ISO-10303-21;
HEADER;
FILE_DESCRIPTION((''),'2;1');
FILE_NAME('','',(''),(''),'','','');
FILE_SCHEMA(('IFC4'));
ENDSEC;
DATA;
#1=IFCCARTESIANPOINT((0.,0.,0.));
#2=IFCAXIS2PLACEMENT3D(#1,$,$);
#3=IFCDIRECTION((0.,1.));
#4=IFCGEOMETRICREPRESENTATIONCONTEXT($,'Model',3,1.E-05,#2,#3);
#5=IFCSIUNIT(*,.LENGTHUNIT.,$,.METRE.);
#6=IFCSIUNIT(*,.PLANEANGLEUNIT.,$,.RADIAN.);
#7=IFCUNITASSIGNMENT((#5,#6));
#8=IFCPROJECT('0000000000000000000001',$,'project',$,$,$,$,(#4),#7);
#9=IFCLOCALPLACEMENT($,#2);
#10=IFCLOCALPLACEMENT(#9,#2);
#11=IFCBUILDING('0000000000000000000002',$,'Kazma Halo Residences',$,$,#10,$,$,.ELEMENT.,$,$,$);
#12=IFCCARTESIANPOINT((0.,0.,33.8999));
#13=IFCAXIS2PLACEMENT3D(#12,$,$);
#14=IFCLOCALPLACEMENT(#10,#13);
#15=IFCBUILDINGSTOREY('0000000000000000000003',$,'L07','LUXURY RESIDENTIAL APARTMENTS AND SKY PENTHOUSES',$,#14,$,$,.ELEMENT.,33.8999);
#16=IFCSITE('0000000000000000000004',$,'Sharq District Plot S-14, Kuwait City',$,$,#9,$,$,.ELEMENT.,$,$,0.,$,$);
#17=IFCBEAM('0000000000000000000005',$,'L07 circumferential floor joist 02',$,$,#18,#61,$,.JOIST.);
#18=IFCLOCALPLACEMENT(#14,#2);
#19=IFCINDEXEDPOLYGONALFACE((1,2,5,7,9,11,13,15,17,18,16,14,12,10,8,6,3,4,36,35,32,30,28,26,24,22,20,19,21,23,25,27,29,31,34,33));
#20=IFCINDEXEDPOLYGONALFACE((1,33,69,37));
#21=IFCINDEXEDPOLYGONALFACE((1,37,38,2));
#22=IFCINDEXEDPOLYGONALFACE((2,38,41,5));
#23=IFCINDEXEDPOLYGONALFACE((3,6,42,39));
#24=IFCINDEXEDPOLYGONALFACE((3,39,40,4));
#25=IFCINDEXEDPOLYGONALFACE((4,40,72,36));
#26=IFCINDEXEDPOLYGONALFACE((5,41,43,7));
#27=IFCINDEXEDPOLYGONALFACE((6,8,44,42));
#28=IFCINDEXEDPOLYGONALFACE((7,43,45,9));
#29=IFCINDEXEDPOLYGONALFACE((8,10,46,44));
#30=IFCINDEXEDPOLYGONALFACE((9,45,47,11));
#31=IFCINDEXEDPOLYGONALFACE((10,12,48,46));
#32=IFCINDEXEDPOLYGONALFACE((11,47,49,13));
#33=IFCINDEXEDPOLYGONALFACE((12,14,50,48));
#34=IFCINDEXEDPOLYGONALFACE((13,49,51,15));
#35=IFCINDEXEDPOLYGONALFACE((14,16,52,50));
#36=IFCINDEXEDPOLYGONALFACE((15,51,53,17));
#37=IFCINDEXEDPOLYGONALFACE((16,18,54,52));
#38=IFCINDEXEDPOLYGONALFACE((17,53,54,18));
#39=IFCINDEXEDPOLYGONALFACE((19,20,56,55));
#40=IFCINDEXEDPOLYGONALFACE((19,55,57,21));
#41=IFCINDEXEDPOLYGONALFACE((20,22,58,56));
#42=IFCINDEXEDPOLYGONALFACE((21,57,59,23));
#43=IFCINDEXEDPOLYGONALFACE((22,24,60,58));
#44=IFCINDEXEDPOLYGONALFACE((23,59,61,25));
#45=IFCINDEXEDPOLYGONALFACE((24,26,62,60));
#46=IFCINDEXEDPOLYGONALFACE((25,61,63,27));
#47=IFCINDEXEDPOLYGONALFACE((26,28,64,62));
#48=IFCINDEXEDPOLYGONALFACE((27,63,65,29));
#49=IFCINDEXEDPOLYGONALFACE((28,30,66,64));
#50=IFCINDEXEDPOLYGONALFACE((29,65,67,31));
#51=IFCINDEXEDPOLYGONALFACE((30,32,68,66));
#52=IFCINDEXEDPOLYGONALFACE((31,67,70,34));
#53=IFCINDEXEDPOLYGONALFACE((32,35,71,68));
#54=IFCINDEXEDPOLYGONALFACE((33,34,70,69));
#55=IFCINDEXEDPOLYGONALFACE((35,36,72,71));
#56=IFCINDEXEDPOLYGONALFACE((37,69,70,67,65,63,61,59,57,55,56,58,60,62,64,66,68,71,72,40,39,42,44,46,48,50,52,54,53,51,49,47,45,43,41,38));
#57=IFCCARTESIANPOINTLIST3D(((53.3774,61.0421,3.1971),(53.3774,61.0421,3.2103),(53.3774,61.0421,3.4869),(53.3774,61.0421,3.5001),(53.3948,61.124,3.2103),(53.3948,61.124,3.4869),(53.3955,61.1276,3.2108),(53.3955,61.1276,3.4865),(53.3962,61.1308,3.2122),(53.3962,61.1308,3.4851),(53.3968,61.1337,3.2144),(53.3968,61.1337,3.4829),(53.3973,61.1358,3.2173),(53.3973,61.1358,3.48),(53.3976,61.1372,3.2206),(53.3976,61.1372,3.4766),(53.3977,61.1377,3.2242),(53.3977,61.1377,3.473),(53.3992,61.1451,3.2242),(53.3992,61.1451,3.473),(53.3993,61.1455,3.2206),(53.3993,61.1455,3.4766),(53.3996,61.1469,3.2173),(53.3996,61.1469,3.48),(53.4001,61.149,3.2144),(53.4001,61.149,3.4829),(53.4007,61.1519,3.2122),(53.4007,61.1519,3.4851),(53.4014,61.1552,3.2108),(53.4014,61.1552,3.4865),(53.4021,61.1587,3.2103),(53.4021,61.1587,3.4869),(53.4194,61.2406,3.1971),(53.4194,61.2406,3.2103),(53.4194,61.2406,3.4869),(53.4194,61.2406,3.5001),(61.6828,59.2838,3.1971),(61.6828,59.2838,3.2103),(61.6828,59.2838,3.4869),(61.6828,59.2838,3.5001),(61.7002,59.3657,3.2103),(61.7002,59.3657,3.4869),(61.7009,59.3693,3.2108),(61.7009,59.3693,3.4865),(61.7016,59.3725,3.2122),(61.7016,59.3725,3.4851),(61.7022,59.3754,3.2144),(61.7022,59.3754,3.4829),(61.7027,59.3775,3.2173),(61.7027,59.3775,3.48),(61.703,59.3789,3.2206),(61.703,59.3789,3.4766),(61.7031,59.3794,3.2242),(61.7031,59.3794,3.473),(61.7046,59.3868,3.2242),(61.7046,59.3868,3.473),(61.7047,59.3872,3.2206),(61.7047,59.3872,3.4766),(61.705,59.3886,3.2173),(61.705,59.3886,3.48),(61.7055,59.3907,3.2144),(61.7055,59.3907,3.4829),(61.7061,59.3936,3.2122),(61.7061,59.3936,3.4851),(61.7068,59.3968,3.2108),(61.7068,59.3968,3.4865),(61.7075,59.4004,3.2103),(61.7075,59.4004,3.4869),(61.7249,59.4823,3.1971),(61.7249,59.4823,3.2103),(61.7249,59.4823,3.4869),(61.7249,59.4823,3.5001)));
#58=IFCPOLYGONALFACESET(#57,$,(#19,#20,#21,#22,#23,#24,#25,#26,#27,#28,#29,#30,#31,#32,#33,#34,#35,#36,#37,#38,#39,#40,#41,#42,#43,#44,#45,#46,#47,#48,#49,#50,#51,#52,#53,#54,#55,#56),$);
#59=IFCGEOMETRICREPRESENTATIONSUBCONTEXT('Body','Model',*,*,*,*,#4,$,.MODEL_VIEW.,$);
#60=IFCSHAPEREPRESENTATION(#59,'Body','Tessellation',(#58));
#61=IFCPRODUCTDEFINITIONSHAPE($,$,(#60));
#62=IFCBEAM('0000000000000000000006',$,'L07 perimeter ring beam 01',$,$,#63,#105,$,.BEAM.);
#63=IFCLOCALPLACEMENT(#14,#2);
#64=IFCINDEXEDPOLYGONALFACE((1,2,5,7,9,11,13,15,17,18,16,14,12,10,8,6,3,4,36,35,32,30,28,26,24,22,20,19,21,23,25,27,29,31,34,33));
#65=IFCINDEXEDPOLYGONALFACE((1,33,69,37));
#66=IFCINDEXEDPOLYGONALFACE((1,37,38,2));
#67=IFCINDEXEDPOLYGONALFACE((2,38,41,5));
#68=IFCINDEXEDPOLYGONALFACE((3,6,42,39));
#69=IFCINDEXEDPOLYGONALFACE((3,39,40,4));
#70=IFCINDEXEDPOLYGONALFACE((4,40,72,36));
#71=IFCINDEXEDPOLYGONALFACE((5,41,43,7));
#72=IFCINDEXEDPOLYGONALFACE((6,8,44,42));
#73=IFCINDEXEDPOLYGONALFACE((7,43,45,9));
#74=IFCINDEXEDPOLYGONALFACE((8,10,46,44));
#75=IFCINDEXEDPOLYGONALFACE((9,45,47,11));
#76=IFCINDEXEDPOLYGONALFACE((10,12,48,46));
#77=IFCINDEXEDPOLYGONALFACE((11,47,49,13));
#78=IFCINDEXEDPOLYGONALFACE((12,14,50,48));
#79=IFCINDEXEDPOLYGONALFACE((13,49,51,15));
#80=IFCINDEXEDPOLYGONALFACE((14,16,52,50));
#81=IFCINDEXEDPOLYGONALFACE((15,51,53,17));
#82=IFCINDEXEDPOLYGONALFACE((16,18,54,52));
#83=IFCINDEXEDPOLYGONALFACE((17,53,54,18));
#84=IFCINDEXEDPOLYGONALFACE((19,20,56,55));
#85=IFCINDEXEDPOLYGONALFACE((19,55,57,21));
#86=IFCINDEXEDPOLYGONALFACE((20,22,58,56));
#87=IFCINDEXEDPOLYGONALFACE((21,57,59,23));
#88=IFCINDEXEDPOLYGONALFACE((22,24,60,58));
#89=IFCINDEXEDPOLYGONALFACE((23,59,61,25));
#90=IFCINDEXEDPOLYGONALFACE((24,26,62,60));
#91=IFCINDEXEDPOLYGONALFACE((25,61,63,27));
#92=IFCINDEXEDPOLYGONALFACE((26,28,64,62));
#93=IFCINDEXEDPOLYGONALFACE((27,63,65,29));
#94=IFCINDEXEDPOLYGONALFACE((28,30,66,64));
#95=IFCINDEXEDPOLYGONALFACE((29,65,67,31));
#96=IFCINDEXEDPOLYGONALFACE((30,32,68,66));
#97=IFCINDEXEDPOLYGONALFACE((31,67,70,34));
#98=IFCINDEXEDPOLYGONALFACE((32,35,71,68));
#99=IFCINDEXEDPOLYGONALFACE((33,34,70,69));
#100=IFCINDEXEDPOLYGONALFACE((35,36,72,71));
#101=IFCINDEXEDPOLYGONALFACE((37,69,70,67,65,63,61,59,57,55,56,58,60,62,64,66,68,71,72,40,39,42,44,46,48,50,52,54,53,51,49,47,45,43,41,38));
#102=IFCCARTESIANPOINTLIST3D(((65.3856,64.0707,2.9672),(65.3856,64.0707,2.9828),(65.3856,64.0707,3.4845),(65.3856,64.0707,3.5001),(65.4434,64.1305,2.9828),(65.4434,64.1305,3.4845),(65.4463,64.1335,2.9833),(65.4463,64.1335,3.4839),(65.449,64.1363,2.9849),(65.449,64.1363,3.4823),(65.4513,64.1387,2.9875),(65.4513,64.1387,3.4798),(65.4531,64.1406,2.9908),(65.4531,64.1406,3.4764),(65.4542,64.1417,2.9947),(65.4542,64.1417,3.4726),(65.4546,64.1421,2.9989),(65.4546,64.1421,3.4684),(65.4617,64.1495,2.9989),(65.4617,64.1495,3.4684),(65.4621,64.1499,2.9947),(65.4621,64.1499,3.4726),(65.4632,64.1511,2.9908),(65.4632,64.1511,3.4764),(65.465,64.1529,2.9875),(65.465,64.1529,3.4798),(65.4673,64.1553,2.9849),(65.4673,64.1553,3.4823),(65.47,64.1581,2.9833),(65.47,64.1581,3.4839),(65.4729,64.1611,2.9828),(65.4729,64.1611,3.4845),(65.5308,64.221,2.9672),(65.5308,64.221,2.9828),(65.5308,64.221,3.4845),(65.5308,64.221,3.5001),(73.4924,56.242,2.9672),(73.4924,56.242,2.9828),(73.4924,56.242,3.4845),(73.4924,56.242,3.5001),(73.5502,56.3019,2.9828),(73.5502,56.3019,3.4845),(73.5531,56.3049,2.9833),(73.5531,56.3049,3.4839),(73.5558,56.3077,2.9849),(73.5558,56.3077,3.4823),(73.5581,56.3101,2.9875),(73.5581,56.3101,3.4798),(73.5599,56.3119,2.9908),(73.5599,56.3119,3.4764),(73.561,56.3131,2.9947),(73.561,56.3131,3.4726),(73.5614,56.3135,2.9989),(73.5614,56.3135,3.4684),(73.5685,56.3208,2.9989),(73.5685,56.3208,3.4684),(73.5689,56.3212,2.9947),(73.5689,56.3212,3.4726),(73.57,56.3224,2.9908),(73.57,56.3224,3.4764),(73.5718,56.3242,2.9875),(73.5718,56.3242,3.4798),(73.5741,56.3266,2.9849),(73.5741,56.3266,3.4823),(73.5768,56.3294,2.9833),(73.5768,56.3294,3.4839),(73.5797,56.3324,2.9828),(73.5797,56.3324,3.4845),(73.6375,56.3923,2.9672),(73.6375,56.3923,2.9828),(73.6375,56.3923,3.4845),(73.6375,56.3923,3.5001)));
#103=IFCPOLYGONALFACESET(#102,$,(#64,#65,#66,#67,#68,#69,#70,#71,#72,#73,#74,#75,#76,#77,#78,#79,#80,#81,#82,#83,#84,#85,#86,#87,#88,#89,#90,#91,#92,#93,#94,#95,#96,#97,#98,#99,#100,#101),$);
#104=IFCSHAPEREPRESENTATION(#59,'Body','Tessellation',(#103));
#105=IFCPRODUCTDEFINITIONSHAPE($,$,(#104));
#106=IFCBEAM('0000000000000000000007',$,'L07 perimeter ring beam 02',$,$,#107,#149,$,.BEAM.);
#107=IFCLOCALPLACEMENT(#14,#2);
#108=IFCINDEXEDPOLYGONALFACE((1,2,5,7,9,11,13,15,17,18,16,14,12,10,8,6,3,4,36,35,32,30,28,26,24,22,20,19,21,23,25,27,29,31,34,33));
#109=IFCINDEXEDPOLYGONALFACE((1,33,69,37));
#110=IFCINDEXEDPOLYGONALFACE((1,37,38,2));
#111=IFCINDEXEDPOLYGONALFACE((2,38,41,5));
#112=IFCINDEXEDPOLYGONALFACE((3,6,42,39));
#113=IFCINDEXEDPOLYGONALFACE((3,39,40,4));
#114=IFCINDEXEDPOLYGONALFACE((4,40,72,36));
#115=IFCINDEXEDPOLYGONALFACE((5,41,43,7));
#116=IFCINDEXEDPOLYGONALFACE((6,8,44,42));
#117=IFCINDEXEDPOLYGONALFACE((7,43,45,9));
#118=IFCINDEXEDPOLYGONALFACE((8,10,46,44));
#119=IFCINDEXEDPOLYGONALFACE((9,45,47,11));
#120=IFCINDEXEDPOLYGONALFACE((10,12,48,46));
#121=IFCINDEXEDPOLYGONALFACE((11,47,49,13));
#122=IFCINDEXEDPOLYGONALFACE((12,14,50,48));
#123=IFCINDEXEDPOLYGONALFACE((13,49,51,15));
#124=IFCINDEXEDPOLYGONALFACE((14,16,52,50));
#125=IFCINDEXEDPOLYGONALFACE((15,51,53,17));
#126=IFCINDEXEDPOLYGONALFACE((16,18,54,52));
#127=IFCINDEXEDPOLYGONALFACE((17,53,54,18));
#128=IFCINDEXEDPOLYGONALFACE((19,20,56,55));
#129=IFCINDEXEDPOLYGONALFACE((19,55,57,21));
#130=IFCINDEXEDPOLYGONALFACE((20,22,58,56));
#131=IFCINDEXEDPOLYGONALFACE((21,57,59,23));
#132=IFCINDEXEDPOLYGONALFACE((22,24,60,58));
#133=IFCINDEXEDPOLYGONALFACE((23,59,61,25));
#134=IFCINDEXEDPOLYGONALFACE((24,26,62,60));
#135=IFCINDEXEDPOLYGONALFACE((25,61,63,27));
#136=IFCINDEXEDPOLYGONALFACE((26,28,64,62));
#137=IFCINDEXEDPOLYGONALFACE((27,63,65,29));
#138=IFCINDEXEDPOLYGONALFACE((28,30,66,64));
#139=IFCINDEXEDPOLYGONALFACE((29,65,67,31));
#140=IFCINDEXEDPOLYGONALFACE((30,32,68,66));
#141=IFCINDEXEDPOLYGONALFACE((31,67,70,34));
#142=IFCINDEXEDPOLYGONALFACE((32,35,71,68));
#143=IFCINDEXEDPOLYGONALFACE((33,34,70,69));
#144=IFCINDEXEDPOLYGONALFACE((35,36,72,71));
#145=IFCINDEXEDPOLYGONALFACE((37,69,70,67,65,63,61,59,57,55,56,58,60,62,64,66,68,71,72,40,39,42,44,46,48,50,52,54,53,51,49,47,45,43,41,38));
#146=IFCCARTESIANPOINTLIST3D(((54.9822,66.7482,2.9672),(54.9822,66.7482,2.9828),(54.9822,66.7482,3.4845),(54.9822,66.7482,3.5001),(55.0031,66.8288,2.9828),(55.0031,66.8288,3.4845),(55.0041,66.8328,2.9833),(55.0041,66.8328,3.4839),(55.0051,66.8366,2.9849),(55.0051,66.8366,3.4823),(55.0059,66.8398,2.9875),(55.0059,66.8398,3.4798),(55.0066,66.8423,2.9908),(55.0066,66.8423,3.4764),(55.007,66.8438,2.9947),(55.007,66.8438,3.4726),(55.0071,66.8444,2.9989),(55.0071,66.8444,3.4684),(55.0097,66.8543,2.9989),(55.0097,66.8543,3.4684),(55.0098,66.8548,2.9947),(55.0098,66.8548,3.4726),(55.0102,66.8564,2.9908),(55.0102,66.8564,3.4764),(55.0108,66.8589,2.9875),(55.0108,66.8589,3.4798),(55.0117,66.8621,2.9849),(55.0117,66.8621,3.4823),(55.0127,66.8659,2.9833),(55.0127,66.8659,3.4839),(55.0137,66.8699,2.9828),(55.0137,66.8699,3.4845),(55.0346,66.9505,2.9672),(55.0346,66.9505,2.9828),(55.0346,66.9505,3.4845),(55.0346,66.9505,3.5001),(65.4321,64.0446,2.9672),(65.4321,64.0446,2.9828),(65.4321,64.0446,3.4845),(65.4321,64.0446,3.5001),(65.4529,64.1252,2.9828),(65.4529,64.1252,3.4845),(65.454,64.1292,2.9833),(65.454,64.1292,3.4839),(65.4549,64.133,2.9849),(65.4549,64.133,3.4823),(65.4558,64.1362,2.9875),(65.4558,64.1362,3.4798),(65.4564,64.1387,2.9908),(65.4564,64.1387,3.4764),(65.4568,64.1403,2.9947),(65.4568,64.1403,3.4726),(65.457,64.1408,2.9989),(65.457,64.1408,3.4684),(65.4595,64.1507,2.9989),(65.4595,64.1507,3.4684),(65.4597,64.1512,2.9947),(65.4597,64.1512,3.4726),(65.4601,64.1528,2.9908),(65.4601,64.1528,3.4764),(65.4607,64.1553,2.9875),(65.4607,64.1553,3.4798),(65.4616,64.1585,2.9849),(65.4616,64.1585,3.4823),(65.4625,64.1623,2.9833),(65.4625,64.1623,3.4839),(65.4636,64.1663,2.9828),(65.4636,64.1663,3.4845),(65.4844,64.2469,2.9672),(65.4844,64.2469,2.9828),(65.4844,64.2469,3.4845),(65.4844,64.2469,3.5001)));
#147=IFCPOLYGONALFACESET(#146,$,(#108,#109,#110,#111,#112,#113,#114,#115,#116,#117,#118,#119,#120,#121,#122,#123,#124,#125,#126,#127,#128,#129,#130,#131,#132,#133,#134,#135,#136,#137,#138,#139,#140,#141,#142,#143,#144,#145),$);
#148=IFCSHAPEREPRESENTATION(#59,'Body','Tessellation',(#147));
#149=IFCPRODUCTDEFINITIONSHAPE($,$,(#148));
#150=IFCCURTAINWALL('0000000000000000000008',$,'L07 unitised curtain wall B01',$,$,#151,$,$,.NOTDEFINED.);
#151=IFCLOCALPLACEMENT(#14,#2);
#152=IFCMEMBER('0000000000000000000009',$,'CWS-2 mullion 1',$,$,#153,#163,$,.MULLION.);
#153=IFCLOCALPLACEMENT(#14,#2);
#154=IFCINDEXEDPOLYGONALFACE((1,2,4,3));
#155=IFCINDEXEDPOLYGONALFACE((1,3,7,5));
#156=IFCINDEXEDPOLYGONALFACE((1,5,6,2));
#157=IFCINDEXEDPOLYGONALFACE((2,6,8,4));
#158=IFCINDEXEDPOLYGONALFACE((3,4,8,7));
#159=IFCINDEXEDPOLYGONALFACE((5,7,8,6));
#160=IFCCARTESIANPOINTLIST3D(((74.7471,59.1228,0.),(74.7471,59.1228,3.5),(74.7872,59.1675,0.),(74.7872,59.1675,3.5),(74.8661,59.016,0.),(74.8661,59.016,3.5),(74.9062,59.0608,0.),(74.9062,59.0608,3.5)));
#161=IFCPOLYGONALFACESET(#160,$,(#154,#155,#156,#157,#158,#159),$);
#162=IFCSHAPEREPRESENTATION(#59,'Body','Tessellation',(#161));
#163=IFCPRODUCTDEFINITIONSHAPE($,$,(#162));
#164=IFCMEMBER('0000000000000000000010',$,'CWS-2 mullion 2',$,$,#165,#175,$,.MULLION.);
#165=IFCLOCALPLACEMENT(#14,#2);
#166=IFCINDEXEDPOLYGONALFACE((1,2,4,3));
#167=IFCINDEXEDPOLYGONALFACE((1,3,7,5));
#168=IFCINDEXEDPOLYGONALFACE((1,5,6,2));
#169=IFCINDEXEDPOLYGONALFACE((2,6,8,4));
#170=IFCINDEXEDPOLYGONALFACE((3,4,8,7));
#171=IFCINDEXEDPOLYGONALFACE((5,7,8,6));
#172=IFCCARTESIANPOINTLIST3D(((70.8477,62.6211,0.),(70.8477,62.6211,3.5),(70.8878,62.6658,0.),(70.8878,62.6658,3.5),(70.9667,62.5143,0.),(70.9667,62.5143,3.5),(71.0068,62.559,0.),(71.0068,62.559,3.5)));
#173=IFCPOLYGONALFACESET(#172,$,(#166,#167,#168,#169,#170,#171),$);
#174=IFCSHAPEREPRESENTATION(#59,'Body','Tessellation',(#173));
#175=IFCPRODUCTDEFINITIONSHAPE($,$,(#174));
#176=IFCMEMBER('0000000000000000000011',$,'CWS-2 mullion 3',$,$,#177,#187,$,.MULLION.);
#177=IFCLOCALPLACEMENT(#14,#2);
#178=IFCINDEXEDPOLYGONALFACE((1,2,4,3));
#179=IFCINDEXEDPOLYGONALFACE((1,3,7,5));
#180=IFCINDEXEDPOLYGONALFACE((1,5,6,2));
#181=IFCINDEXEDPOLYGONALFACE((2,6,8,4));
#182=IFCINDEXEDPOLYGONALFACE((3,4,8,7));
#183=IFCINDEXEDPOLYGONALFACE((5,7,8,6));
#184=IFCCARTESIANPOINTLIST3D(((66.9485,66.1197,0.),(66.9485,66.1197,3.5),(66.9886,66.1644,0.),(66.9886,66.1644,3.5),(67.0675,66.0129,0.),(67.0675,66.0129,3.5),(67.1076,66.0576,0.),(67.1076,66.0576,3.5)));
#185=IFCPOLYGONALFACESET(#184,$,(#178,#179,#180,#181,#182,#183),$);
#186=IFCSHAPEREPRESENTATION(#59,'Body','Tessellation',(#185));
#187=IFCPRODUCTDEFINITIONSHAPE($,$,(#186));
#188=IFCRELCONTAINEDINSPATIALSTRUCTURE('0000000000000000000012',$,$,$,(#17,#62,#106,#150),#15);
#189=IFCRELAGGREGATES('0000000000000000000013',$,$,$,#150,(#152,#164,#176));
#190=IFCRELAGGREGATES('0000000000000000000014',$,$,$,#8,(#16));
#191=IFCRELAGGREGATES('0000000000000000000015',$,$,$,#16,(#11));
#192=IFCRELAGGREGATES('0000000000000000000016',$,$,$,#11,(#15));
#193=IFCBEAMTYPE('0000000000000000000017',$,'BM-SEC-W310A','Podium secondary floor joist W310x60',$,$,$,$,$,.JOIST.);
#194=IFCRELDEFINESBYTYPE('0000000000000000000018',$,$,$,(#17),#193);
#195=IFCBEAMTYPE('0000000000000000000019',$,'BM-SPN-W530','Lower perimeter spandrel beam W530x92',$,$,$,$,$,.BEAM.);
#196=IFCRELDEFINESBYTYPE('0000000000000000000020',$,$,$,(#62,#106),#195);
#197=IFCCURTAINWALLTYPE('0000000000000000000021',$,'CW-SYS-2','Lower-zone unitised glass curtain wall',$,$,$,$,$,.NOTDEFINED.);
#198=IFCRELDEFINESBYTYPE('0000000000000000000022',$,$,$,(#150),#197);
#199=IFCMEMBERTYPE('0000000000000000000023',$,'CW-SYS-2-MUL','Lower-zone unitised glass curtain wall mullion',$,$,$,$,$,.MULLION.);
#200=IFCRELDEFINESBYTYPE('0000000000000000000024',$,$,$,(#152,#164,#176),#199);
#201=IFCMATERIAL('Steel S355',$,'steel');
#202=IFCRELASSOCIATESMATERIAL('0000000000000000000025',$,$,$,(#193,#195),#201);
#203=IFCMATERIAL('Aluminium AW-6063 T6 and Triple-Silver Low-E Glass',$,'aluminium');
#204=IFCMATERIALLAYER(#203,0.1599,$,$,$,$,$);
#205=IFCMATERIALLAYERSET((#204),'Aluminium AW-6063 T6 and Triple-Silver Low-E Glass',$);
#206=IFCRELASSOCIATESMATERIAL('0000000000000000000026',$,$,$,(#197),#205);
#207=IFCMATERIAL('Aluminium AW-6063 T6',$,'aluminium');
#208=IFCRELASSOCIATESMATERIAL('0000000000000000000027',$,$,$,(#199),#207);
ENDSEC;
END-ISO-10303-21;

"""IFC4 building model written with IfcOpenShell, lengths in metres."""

from ifc_helpers import new_model, si_unit, direction, frame, origin, origin_2d, place, context, subcontext, project, spatial, rectangle, i_section, extrude, material, layer, layer_set, material_profile, profile_set, type_object, element, aggregate, save


model = new_model("IFC4")

# Units and contexts
model_context = context("Model", 3, precision=1e-05, world=origin(), true_north=direction((0.0, 1.0)))
body_context = subcontext(model_context, "Body", "Model", "MODEL_VIEW")
ifc_project = project(units=[si_unit("LENGTHUNIT", "METRE"), si_unit("PLANEANGLEUNIT", "RADIAN")], contexts=[model_context])

# Site, building, storey
site_placement = place(None, origin())
site = spatial("IfcSite", under=ifc_project, at=site_placement, Name="Sharq District Plot S-14, Kuwait City", CompositionType="ELEMENT", RefElevation=0.0)
building_placement = place(site_placement, origin())
building = spatial("IfcBuilding", under=site, at=building_placement, Name="Kazma Halo Residences", CompositionType="ELEMENT")
storey_placement = place(building_placement, frame((0.0, 0.0, 33.8999)))
storey = spatial("IfcBuildingStorey", under=building, at=storey_placement, Name="L07", Description="LUXURY RESIDENTIAL APARTMENTS AND SKY PENTHOUSES", CompositionType="ELEMENT", Elevation=33.8999)

# Beams
ifc_material_1 = material(Name="Steel S355", Category="steel")
ifc_material_profile_1 = material_profile(ifc_material_1, i_section(OverallWidth=0.2029, OverallDepth=0.303, WebThickness=0.0076, FlangeThickness=0.0132, FilletRadius=0.0139, at=origin_2d()), Name="W310x60")
ifc_profile_set_1 = profile_set([ifc_material_profile_1], Name="Steel S355")
beam_type_1 = type_object("IfcBeamType", Name="BM-SEC-W310A", Description="Podium secondary floor joist W310x60", PredefinedType="JOIST", material=ifc_profile_set_1)
beam_1_placement = place(storey_placement, frame((61.7039, 59.3831, 3.3486), z_axis=(-0.978317, 0.207115, 0.0), x_axis=(-0.207115, -0.978317, 0.0)))
element("IfcBeam", 1, at=beam_1_placement, inside=storey, type_object=beam_type_1, Name="L07 circumferential floor joist 02", PredefinedType="JOIST", context=body_context, shape_type="SweptSolid", body=[
    extrude(i_section(OverallWidth=0.2029, OverallDepth=0.303, WebThickness=0.0076, FlangeThickness=0.0132, FilletRadius=0.0139, at=origin_2d()), origin(), (0.0, 0.0, 1.0), 8.4895),
])
ifc_material_profile_2 = material_profile(ifc_material_1, i_section(OverallWidth=0.209, OverallDepth=0.533, WebThickness=0.0103, FlangeThickness=0.0156, FilletRadius=0.0161, at=origin_2d()), Name="W530x92")
ifc_profile_set_2 = profile_set([ifc_material_profile_2], Name="Steel S355")
beam_type_2 = type_object("IfcBeamType", Name="BM-SPN-W530", Description="Lower perimeter spandrel beam W530x92", PredefinedType="BEAM", material=ifc_profile_set_2)
beam_2_placement = place(storey_placement, frame((73.5649, 56.3171, 3.2336), z_axis=(-0.719337, 0.694662, 0.0), x_axis=(-0.694662, -0.719337, 0.0)))
element("IfcBeam", 2, at=beam_2_placement, inside=storey, type_object=beam_type_2, Name="L07 perimeter ring beam 01", PredefinedType="BEAM", context=body_context, shape_type="SweptSolid", body=[
    extrude(i_section(OverallWidth=0.209, OverallDepth=0.533, WebThickness=0.0103, FlangeThickness=0.0156, FilletRadius=0.0161, at=origin_2d()), origin(), (0.0, 0.0, 1.0), 11.2698),
])
beam_3_placement = place(storey_placement, frame((65.4583, 64.1458, 3.2336), z_axis=(-0.968124, 0.250473, 0.0), x_axis=(-0.250473, -0.968124, 0.0)))
element("IfcBeam", 3, at=beam_3_placement, inside=storey, type_object=beam_type_2, Name="L07 perimeter ring beam 02", PredefinedType="BEAM", context=body_context, shape_type="SweptSolid", body=[
    extrude(i_section(OverallWidth=0.209, OverallDepth=0.533, WebThickness=0.0103, FlangeThickness=0.0156, FilletRadius=0.0161, at=origin_2d()), origin(), (0.0, 0.0, 1.0), 10.7939),
])

# Curtain wall, members
ifc_material_2 = material(Name="Aluminium AW-6063 T6 and Triple-Silver Low-E Glass", Category="aluminium")
ifc_layer_1 = layer(ifc_material_2, 0.1599)
ifc_layer_set_1 = layer_set([ifc_layer_1], Name="Aluminium AW-6063 T6 and Triple-Silver Low-E Glass")
curtain_wall_type = type_object("IfcCurtainWallType", Name="CW-SYS-2", Description="Lower-zone unitised glass curtain wall", PredefinedType="NOTDEFINED", material=ifc_layer_set_1)
curtain_wall_1_placement = place(storey_placement, origin())
curtain_wall_1 = element("IfcCurtainWall", 4, at=curtain_wall_1_placement, inside=storey, type_object=curtain_wall_type, Name="L07 unitised curtain wall B01", PredefinedType="NOTDEFINED")
ifc_material_3 = material(Name="Aluminium AW-6063 T6", Category="aluminium")
ifc_material_profile_3 = material_profile(ifc_material_3, rectangle(XDim=0.0601, YDim=0.1599, at=origin_2d()), Name="CWM-60x160")
ifc_profile_set_3 = profile_set([ifc_material_profile_3], Name="Aluminium AW-6063 T6")
member_type_1 = type_object("IfcMemberType", Name="CW-SYS-2-MUL", Description="Lower-zone unitised glass curtain wall mullion", PredefinedType="MULLION", material=ifc_profile_set_3)
member_1_placement = place(storey_placement, frame((74.8267, 59.0918, 0.0), z_axis=(0.0, 0.0, 1.0), x_axis=(-0.667821, -0.744322, 0.0)))
member_1 = element("IfcMember", 5, at=member_1_placement, type_object=member_type_1, Name="CWS-2 mullion 1", PredefinedType="MULLION", context=body_context, shape_type="SweptSolid", body=[
    extrude(rectangle(XDim=0.0601, YDim=0.1599, at=origin_2d()), origin(), (0.0, 0.0, 1.0), 3.5),
])
member_2_placement = place(storey_placement, frame((70.9272, 62.5901, 0.0), z_axis=(0.0, 0.0, 1.0), x_axis=(-0.667821, -0.744322, 0.0)))
member_2 = element("IfcMember", 6, at=member_2_placement, type_object=member_type_1, Name="CWS-2 mullion 2", PredefinedType="MULLION", context=body_context, shape_type="SweptSolid", body=[
    extrude(rectangle(XDim=0.0601, YDim=0.1599, at=origin_2d()), origin(), (0.0, 0.0, 1.0), 3.5),
])
member_3_placement = place(storey_placement, frame((67.0281, 66.0886, 0.0), z_axis=(0.0, 0.0, 1.0), x_axis=(-0.667821, -0.744322, 0.0)))
member_3 = element("IfcMember", 7, at=member_3_placement, type_object=member_type_1, Name="CWS-2 mullion 3", PredefinedType="MULLION", context=body_context, shape_type="SweptSolid", body=[
    extrude(rectangle(XDim=0.0601, YDim=0.1599, at=origin_2d()), origin(), (0.0, 0.0, 1.0), 3.5),
])

aggregate(curtain_wall_1, [member_1, member_2, member_3])

save(model, "model.ifc")
